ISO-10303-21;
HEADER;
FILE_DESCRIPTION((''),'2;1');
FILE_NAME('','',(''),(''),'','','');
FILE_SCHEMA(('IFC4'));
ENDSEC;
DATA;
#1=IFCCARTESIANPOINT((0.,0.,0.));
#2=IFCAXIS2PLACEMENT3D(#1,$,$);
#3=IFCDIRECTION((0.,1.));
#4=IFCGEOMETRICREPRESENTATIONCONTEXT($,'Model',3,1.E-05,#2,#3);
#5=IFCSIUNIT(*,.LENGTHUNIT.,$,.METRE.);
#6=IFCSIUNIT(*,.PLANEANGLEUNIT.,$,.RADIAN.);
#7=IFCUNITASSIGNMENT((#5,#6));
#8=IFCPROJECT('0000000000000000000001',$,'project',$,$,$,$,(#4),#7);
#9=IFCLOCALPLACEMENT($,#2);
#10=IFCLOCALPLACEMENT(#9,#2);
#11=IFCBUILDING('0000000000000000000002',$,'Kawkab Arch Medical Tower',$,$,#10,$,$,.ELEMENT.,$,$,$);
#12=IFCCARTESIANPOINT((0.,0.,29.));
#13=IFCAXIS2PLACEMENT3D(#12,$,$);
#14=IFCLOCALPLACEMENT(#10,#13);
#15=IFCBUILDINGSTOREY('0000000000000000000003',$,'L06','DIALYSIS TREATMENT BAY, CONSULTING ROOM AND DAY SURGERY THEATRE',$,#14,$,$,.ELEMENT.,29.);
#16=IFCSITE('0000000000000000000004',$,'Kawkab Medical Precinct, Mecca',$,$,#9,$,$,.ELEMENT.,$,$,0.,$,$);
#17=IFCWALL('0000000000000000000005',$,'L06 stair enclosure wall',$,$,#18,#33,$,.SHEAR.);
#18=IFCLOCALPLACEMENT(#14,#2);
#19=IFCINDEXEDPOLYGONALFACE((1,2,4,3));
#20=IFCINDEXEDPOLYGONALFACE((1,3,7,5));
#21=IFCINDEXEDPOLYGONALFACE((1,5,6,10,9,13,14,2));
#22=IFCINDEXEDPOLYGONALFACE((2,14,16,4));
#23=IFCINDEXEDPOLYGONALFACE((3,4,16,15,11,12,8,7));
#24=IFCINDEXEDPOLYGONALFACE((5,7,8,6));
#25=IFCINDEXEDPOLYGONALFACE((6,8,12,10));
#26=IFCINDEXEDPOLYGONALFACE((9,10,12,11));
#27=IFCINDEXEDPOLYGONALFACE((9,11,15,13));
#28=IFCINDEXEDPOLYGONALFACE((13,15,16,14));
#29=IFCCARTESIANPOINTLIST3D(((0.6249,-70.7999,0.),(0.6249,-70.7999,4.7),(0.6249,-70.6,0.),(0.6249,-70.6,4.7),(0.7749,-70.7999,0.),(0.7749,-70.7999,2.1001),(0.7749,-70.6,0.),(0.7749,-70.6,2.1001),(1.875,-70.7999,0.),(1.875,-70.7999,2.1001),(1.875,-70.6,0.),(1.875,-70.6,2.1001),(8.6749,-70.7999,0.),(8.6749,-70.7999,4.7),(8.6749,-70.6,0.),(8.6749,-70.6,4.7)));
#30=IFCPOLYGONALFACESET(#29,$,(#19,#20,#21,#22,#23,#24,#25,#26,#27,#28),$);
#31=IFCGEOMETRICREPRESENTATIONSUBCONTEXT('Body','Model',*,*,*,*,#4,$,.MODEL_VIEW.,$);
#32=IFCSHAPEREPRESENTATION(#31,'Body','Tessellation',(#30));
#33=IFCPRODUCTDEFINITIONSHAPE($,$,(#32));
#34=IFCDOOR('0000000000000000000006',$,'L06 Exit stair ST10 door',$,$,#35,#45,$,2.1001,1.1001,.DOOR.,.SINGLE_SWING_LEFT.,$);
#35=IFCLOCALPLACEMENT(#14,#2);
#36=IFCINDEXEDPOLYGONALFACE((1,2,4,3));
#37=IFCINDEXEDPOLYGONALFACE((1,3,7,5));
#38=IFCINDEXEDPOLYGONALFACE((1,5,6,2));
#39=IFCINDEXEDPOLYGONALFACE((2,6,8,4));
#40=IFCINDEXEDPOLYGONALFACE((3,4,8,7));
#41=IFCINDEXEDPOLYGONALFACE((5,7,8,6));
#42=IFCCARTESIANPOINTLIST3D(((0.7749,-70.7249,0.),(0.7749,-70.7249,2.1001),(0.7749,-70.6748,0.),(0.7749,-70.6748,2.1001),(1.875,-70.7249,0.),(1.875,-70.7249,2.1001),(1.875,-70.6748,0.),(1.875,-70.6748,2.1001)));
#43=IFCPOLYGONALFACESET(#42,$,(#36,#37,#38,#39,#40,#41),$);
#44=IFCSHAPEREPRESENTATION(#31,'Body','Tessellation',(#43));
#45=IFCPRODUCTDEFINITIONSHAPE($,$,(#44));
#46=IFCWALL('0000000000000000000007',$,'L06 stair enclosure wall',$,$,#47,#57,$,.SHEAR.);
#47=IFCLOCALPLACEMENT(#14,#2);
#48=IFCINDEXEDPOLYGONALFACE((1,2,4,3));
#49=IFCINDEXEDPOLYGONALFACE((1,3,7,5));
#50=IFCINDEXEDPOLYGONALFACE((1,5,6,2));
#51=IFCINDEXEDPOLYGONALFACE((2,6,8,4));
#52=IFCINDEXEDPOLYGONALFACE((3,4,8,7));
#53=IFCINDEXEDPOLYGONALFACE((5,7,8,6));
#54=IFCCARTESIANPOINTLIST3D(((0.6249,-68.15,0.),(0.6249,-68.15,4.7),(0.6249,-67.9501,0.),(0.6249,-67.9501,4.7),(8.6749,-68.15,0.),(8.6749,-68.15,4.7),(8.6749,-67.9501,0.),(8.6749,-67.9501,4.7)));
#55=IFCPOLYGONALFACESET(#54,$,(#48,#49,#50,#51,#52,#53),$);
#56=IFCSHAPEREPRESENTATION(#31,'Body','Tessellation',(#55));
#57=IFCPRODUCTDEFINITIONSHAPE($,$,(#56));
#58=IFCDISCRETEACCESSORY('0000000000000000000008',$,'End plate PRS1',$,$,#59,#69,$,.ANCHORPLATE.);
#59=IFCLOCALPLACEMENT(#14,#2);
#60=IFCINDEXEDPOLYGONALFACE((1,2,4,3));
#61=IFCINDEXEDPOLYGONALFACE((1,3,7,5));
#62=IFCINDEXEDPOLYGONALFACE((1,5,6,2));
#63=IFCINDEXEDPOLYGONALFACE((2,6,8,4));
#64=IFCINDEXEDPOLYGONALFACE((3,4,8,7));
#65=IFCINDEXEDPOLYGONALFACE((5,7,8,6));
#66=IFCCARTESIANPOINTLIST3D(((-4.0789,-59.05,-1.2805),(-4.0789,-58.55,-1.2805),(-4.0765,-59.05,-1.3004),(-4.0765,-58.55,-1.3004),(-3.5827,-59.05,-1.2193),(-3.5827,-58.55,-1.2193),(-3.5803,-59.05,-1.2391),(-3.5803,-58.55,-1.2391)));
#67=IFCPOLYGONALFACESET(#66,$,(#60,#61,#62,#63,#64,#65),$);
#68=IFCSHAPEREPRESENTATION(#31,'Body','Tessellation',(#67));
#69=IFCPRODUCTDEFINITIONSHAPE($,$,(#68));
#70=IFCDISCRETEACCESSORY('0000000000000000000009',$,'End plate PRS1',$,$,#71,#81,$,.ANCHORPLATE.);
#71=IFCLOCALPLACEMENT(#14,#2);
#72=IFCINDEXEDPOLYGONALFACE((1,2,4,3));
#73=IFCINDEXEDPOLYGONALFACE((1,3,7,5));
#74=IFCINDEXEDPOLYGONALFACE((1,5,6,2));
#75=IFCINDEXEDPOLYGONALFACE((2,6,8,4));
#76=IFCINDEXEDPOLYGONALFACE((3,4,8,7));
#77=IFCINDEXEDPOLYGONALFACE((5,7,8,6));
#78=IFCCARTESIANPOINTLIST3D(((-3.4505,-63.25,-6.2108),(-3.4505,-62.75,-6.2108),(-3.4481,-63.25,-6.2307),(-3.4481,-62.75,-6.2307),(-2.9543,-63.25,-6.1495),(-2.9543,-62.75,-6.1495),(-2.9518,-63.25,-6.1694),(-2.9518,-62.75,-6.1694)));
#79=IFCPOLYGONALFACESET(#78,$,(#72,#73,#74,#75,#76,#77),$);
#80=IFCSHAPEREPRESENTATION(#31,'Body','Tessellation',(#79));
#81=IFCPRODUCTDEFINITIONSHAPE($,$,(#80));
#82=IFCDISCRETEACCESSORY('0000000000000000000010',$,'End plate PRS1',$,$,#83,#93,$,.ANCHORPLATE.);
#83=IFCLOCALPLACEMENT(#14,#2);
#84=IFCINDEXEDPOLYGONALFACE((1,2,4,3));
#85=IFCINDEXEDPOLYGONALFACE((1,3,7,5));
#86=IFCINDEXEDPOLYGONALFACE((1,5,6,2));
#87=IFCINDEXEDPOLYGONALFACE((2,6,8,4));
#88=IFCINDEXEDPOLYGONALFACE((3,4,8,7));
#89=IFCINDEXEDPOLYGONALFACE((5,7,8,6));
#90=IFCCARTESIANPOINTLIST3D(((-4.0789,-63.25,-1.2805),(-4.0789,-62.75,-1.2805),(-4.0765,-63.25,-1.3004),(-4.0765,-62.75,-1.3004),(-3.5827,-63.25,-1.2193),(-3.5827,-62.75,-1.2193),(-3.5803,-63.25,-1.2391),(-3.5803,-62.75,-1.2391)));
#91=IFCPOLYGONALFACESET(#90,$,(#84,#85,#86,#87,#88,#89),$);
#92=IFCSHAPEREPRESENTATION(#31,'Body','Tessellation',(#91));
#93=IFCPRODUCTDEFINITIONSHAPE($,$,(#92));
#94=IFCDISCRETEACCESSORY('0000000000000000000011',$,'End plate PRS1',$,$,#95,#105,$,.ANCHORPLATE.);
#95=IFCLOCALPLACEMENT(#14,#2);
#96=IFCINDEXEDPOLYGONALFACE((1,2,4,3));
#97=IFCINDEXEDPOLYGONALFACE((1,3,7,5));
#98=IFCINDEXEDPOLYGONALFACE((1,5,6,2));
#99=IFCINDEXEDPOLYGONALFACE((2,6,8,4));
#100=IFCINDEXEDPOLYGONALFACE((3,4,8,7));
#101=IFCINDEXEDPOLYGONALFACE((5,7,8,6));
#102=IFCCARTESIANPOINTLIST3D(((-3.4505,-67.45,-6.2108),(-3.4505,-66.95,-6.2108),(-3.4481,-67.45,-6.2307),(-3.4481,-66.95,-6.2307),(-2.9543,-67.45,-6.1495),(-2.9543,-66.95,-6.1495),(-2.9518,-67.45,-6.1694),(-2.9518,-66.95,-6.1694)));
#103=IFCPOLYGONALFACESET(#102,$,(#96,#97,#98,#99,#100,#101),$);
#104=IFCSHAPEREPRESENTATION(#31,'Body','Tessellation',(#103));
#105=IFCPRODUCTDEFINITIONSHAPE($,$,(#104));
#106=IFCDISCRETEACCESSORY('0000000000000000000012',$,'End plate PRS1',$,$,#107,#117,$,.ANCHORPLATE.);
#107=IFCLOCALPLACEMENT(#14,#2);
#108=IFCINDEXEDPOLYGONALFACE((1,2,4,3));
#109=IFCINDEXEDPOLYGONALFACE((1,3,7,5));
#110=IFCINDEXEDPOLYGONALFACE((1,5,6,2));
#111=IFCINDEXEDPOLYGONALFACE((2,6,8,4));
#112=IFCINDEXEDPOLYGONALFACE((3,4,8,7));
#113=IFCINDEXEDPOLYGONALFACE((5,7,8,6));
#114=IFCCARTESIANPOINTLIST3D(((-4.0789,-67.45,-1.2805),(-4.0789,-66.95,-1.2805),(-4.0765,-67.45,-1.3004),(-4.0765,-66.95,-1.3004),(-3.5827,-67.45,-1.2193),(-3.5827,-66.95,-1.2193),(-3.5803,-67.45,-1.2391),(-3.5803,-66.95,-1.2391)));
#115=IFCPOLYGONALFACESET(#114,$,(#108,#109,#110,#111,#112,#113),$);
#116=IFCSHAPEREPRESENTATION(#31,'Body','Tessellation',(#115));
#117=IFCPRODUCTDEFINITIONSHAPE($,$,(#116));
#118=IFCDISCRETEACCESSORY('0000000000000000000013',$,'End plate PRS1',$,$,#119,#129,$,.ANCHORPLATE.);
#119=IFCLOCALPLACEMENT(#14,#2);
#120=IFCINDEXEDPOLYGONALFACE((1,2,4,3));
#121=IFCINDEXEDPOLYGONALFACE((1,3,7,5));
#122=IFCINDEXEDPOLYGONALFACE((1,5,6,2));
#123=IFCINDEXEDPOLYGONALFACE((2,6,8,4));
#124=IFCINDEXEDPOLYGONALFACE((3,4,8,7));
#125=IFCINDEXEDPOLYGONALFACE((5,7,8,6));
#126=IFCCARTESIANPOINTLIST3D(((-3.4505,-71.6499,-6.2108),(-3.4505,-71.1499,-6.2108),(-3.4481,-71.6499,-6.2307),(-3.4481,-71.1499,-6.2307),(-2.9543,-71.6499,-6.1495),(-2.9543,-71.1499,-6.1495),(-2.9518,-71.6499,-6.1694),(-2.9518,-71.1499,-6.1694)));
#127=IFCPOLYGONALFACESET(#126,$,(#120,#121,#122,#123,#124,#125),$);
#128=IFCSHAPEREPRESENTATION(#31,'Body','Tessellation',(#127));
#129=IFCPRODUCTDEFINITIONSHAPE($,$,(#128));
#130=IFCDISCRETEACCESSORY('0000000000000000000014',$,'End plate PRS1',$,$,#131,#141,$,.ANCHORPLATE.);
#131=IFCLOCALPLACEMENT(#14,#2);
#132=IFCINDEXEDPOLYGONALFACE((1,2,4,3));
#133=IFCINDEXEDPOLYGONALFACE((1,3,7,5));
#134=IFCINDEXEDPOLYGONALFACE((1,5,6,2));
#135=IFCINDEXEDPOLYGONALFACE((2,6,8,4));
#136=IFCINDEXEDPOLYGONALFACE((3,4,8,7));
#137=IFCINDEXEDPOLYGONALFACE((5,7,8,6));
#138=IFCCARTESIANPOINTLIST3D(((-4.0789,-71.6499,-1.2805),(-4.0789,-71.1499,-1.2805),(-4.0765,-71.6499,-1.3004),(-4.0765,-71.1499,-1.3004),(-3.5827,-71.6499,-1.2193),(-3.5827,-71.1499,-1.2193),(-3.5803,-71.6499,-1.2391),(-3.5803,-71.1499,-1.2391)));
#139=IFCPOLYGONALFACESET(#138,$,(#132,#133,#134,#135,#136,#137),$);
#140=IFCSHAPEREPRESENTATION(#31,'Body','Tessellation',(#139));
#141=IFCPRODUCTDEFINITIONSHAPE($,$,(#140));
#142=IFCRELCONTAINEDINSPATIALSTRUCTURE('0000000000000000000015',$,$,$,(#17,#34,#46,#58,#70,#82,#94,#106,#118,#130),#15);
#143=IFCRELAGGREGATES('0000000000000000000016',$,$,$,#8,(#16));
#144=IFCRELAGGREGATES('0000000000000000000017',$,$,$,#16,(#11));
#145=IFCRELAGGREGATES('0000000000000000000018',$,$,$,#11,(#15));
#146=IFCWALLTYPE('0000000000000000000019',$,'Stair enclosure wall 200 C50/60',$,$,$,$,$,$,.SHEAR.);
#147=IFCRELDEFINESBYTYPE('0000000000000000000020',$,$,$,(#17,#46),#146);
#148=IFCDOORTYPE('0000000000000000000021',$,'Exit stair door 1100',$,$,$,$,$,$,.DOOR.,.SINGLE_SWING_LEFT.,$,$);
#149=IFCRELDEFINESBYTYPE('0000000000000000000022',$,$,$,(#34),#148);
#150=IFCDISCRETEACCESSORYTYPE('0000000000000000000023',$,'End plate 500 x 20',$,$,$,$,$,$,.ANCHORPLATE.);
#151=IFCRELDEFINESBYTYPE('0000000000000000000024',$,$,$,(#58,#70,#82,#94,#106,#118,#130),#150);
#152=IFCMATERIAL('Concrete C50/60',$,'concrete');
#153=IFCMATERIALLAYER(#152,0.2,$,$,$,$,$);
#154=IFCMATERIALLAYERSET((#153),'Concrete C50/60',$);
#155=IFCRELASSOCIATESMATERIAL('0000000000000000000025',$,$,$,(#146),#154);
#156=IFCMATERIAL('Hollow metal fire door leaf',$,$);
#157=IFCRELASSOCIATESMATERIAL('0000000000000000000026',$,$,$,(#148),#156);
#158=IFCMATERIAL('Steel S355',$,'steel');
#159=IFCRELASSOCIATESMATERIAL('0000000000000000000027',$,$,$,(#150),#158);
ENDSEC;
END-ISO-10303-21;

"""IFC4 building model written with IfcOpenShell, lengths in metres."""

from ifc_helpers import new_model, si_unit, direction, frame, frame_2d, origin, origin_2d, place, context, subcontext, project, spatial, rectangle, extrude, material, layer, layer_set, material_profile, profile_set, type_object, element, fill, save


model = new_model("IFC4")

# Units and contexts
model_context = context("Model", 3, precision=1e-05, world=origin(), true_north=direction((0.0, 1.0)))
body_context = subcontext(model_context, "Body", "Model", "MODEL_VIEW")
ifc_project = project(units=[si_unit("LENGTHUNIT", "METRE"), si_unit("PLANEANGLEUNIT", "RADIAN")], contexts=[model_context])

# Site, building, storey
site_placement = place(None, origin())
site = spatial("IfcSite", under=ifc_project, at=site_placement, Name="Kawkab Medical Precinct, Mecca", CompositionType="ELEMENT", RefElevation=0.0)
building_placement = place(site_placement, origin())
building = spatial("IfcBuilding", under=site, at=building_placement, Name="Kawkab Arch Medical Tower", CompositionType="ELEMENT")
storey_placement = place(building_placement, frame((0.0, 0.0, 29.0)))
storey = spatial("IfcBuildingStorey", under=building, at=storey_placement, Name="L06", Description="DIALYSIS TREATMENT BAY, CONSULTING ROOM AND DAY SURGERY THEATRE", CompositionType="ELEMENT", Elevation=29.0)

# Wall, opening, door
ifc_material_1 = material(Name="Concrete C50/60", Category="concrete")
ifc_layer_1 = layer(ifc_material_1, 0.2)
ifc_layer_set_1 = layer_set([ifc_layer_1], Name="Concrete C50/60")
wall_type_1 = type_object("IfcWallType", Name="Stair enclosure wall 200 C50/60", PredefinedType="SHEAR", material=ifc_layer_set_1)
wall_1_placement = place(storey_placement, frame((0.625, -70.7, 0.0), z_axis=(0.0, 0.0, 1.0), x_axis=(1.0, 0.0, 0.0)))
wall_1 = element("IfcWall", 1, at=wall_1_placement, inside=storey, type_object=wall_type_1, Name="L06 stair enclosure wall", PredefinedType="SHEAR", context=body_context, shape_type="SweptSolid", body=[
    extrude(rectangle(XDim=8.05, YDim=0.2, at=frame_2d((4.0249, 0.0))), origin(), (0.0, 0.0, 1.0), 4.7),
])
opening_placement = place(wall_1_placement, frame((0.1499, 0.0, 0.0)))
opening = element("IfcOpeningElement", 2, at=opening_placement, cuts=wall_1, PredefinedType="OPENING", context=body_context, shape_type="SweptSolid", body=[
    extrude(rectangle(XDim=1.1001, YDim=2.1001, at=frame_2d((0.55, 1.05))), frame((0.0, 0.1099, 0.0), z_axis=(0.0, -1.0, 0.0), x_axis=(1.0, 0.0, 0.0)), (0.0, 0.0, 1.0), 0.22),
])
ifc_material_2 = material(Name="Hollow metal fire door leaf")
door_type = type_object("IfcDoorType", Name="Exit stair door 1100", OperationType="SINGLE_SWING_LEFT", PredefinedType="DOOR", material=ifc_material_2)
door_placement = place(opening_placement, frame((1.1001, 0.0, 0.0), z_axis=(0.0, 0.0, 1.0), x_axis=(-1.0, 0.0, 0.0)))
door = element("IfcDoor", 3, at=door_placement, inside=storey, type_object=door_type, Name="L06 Exit stair ST10 door", OperationType="SINGLE_SWING_LEFT", OverallHeight=2.1001, OverallWidth=1.1001, PredefinedType="DOOR", context=body_context, shape_type="SweptSolid", body=[
    extrude(rectangle(XDim=1.1001, YDim=2.1001, at=frame_2d((0.55, 1.05))), frame((0.0, 0.0249, 0.0), z_axis=(0.0, -1.0, 0.0), x_axis=(1.0, 0.0, 0.0)), (0.0, 0.0, 1.0), 0.05),
])
fill(opening, door)

# Wall
wall_2_placement = place(storey_placement, frame((0.625, -68.05, 0.0), z_axis=(0.0, 0.0, 1.0), x_axis=(1.0, 0.0, 0.0)))
element("IfcWall", 4, at=wall_2_placement, inside=storey, type_object=wall_type_1, Name="L06 stair enclosure wall", PredefinedType="SHEAR", context=body_context, shape_type="SweptSolid", body=[
    extrude(rectangle(XDim=8.05, YDim=0.2, at=frame_2d((4.0249, 0.0))), origin(), (0.0, 0.0, 1.0), 4.7),
])

# Discrete accessories
ifc_material_3 = material(Name="Steel S355", Category="steel")
ifc_material_profile_1 = material_profile(ifc_material_3, rectangle(XDim=0.5, YDim=0.5, at=origin_2d()), Name="End plate 500 x 20")
ifc_profile_set_1 = profile_set([ifc_material_profile_1], Name="Steel S355")
discrete_accessory_type = type_object("IfcDiscreteAccessoryType", Name="End plate 500 x 20", PredefinedType="ANCHORPLATE", material=ifc_profile_set_1)
for number, where, z_axis, x_axis, name in (
    (5, (-3.8284, -58.8, -1.2698), (-0.122527, 0.0, 0.992465), (0.0, -1.0, 0.0), "End plate PRS1"),
    (6, (-3.2024, -63.0, -6.1802), (0.122527, 0.0, -0.992465), (0.0, 1.0, 0.0), "End plate PRS1"),
    (7, (-3.8284, -63.0, -1.2698), (-0.122527, 0.0, 0.992465), (0.0, -1.0, 0.0), "End plate PRS1"),
    (8, (-3.2024, -67.2, -6.1802), (0.122527, 0.0, -0.992465), (0.0, 1.0, 0.0), "End plate PRS1"),
    (9, (-3.8284, -67.2, -1.2698), (-0.122527, 0.0, 0.992465), (0.0, -1.0, 0.0), "End plate PRS1"),
    (10, (-3.2024, -71.3999, -6.1802), (0.122527, 0.0, -0.992465), (0.0, 1.0, 0.0), "End plate PRS1"),
    (11, (-3.8284, -71.3999, -1.2698), (-0.122527, 0.0, 0.992465), (0.0, -1.0, 0.0), "End plate PRS1"),
):
    element("IfcDiscreteAccessory", number, at=place(storey_placement, frame(where, z_axis=z_axis, x_axis=x_axis)), inside=storey, type_object=discrete_accessory_type, Name=name, PredefinedType="ANCHORPLATE", context=body_context, shape_type="SweptSolid", body=[
        extrude(rectangle(XDim=0.5, YDim=0.5, at=origin_2d()), origin(), (0.0, 0.0, 1.0), 0.02),
    ])

save(model, "model.ifc")
